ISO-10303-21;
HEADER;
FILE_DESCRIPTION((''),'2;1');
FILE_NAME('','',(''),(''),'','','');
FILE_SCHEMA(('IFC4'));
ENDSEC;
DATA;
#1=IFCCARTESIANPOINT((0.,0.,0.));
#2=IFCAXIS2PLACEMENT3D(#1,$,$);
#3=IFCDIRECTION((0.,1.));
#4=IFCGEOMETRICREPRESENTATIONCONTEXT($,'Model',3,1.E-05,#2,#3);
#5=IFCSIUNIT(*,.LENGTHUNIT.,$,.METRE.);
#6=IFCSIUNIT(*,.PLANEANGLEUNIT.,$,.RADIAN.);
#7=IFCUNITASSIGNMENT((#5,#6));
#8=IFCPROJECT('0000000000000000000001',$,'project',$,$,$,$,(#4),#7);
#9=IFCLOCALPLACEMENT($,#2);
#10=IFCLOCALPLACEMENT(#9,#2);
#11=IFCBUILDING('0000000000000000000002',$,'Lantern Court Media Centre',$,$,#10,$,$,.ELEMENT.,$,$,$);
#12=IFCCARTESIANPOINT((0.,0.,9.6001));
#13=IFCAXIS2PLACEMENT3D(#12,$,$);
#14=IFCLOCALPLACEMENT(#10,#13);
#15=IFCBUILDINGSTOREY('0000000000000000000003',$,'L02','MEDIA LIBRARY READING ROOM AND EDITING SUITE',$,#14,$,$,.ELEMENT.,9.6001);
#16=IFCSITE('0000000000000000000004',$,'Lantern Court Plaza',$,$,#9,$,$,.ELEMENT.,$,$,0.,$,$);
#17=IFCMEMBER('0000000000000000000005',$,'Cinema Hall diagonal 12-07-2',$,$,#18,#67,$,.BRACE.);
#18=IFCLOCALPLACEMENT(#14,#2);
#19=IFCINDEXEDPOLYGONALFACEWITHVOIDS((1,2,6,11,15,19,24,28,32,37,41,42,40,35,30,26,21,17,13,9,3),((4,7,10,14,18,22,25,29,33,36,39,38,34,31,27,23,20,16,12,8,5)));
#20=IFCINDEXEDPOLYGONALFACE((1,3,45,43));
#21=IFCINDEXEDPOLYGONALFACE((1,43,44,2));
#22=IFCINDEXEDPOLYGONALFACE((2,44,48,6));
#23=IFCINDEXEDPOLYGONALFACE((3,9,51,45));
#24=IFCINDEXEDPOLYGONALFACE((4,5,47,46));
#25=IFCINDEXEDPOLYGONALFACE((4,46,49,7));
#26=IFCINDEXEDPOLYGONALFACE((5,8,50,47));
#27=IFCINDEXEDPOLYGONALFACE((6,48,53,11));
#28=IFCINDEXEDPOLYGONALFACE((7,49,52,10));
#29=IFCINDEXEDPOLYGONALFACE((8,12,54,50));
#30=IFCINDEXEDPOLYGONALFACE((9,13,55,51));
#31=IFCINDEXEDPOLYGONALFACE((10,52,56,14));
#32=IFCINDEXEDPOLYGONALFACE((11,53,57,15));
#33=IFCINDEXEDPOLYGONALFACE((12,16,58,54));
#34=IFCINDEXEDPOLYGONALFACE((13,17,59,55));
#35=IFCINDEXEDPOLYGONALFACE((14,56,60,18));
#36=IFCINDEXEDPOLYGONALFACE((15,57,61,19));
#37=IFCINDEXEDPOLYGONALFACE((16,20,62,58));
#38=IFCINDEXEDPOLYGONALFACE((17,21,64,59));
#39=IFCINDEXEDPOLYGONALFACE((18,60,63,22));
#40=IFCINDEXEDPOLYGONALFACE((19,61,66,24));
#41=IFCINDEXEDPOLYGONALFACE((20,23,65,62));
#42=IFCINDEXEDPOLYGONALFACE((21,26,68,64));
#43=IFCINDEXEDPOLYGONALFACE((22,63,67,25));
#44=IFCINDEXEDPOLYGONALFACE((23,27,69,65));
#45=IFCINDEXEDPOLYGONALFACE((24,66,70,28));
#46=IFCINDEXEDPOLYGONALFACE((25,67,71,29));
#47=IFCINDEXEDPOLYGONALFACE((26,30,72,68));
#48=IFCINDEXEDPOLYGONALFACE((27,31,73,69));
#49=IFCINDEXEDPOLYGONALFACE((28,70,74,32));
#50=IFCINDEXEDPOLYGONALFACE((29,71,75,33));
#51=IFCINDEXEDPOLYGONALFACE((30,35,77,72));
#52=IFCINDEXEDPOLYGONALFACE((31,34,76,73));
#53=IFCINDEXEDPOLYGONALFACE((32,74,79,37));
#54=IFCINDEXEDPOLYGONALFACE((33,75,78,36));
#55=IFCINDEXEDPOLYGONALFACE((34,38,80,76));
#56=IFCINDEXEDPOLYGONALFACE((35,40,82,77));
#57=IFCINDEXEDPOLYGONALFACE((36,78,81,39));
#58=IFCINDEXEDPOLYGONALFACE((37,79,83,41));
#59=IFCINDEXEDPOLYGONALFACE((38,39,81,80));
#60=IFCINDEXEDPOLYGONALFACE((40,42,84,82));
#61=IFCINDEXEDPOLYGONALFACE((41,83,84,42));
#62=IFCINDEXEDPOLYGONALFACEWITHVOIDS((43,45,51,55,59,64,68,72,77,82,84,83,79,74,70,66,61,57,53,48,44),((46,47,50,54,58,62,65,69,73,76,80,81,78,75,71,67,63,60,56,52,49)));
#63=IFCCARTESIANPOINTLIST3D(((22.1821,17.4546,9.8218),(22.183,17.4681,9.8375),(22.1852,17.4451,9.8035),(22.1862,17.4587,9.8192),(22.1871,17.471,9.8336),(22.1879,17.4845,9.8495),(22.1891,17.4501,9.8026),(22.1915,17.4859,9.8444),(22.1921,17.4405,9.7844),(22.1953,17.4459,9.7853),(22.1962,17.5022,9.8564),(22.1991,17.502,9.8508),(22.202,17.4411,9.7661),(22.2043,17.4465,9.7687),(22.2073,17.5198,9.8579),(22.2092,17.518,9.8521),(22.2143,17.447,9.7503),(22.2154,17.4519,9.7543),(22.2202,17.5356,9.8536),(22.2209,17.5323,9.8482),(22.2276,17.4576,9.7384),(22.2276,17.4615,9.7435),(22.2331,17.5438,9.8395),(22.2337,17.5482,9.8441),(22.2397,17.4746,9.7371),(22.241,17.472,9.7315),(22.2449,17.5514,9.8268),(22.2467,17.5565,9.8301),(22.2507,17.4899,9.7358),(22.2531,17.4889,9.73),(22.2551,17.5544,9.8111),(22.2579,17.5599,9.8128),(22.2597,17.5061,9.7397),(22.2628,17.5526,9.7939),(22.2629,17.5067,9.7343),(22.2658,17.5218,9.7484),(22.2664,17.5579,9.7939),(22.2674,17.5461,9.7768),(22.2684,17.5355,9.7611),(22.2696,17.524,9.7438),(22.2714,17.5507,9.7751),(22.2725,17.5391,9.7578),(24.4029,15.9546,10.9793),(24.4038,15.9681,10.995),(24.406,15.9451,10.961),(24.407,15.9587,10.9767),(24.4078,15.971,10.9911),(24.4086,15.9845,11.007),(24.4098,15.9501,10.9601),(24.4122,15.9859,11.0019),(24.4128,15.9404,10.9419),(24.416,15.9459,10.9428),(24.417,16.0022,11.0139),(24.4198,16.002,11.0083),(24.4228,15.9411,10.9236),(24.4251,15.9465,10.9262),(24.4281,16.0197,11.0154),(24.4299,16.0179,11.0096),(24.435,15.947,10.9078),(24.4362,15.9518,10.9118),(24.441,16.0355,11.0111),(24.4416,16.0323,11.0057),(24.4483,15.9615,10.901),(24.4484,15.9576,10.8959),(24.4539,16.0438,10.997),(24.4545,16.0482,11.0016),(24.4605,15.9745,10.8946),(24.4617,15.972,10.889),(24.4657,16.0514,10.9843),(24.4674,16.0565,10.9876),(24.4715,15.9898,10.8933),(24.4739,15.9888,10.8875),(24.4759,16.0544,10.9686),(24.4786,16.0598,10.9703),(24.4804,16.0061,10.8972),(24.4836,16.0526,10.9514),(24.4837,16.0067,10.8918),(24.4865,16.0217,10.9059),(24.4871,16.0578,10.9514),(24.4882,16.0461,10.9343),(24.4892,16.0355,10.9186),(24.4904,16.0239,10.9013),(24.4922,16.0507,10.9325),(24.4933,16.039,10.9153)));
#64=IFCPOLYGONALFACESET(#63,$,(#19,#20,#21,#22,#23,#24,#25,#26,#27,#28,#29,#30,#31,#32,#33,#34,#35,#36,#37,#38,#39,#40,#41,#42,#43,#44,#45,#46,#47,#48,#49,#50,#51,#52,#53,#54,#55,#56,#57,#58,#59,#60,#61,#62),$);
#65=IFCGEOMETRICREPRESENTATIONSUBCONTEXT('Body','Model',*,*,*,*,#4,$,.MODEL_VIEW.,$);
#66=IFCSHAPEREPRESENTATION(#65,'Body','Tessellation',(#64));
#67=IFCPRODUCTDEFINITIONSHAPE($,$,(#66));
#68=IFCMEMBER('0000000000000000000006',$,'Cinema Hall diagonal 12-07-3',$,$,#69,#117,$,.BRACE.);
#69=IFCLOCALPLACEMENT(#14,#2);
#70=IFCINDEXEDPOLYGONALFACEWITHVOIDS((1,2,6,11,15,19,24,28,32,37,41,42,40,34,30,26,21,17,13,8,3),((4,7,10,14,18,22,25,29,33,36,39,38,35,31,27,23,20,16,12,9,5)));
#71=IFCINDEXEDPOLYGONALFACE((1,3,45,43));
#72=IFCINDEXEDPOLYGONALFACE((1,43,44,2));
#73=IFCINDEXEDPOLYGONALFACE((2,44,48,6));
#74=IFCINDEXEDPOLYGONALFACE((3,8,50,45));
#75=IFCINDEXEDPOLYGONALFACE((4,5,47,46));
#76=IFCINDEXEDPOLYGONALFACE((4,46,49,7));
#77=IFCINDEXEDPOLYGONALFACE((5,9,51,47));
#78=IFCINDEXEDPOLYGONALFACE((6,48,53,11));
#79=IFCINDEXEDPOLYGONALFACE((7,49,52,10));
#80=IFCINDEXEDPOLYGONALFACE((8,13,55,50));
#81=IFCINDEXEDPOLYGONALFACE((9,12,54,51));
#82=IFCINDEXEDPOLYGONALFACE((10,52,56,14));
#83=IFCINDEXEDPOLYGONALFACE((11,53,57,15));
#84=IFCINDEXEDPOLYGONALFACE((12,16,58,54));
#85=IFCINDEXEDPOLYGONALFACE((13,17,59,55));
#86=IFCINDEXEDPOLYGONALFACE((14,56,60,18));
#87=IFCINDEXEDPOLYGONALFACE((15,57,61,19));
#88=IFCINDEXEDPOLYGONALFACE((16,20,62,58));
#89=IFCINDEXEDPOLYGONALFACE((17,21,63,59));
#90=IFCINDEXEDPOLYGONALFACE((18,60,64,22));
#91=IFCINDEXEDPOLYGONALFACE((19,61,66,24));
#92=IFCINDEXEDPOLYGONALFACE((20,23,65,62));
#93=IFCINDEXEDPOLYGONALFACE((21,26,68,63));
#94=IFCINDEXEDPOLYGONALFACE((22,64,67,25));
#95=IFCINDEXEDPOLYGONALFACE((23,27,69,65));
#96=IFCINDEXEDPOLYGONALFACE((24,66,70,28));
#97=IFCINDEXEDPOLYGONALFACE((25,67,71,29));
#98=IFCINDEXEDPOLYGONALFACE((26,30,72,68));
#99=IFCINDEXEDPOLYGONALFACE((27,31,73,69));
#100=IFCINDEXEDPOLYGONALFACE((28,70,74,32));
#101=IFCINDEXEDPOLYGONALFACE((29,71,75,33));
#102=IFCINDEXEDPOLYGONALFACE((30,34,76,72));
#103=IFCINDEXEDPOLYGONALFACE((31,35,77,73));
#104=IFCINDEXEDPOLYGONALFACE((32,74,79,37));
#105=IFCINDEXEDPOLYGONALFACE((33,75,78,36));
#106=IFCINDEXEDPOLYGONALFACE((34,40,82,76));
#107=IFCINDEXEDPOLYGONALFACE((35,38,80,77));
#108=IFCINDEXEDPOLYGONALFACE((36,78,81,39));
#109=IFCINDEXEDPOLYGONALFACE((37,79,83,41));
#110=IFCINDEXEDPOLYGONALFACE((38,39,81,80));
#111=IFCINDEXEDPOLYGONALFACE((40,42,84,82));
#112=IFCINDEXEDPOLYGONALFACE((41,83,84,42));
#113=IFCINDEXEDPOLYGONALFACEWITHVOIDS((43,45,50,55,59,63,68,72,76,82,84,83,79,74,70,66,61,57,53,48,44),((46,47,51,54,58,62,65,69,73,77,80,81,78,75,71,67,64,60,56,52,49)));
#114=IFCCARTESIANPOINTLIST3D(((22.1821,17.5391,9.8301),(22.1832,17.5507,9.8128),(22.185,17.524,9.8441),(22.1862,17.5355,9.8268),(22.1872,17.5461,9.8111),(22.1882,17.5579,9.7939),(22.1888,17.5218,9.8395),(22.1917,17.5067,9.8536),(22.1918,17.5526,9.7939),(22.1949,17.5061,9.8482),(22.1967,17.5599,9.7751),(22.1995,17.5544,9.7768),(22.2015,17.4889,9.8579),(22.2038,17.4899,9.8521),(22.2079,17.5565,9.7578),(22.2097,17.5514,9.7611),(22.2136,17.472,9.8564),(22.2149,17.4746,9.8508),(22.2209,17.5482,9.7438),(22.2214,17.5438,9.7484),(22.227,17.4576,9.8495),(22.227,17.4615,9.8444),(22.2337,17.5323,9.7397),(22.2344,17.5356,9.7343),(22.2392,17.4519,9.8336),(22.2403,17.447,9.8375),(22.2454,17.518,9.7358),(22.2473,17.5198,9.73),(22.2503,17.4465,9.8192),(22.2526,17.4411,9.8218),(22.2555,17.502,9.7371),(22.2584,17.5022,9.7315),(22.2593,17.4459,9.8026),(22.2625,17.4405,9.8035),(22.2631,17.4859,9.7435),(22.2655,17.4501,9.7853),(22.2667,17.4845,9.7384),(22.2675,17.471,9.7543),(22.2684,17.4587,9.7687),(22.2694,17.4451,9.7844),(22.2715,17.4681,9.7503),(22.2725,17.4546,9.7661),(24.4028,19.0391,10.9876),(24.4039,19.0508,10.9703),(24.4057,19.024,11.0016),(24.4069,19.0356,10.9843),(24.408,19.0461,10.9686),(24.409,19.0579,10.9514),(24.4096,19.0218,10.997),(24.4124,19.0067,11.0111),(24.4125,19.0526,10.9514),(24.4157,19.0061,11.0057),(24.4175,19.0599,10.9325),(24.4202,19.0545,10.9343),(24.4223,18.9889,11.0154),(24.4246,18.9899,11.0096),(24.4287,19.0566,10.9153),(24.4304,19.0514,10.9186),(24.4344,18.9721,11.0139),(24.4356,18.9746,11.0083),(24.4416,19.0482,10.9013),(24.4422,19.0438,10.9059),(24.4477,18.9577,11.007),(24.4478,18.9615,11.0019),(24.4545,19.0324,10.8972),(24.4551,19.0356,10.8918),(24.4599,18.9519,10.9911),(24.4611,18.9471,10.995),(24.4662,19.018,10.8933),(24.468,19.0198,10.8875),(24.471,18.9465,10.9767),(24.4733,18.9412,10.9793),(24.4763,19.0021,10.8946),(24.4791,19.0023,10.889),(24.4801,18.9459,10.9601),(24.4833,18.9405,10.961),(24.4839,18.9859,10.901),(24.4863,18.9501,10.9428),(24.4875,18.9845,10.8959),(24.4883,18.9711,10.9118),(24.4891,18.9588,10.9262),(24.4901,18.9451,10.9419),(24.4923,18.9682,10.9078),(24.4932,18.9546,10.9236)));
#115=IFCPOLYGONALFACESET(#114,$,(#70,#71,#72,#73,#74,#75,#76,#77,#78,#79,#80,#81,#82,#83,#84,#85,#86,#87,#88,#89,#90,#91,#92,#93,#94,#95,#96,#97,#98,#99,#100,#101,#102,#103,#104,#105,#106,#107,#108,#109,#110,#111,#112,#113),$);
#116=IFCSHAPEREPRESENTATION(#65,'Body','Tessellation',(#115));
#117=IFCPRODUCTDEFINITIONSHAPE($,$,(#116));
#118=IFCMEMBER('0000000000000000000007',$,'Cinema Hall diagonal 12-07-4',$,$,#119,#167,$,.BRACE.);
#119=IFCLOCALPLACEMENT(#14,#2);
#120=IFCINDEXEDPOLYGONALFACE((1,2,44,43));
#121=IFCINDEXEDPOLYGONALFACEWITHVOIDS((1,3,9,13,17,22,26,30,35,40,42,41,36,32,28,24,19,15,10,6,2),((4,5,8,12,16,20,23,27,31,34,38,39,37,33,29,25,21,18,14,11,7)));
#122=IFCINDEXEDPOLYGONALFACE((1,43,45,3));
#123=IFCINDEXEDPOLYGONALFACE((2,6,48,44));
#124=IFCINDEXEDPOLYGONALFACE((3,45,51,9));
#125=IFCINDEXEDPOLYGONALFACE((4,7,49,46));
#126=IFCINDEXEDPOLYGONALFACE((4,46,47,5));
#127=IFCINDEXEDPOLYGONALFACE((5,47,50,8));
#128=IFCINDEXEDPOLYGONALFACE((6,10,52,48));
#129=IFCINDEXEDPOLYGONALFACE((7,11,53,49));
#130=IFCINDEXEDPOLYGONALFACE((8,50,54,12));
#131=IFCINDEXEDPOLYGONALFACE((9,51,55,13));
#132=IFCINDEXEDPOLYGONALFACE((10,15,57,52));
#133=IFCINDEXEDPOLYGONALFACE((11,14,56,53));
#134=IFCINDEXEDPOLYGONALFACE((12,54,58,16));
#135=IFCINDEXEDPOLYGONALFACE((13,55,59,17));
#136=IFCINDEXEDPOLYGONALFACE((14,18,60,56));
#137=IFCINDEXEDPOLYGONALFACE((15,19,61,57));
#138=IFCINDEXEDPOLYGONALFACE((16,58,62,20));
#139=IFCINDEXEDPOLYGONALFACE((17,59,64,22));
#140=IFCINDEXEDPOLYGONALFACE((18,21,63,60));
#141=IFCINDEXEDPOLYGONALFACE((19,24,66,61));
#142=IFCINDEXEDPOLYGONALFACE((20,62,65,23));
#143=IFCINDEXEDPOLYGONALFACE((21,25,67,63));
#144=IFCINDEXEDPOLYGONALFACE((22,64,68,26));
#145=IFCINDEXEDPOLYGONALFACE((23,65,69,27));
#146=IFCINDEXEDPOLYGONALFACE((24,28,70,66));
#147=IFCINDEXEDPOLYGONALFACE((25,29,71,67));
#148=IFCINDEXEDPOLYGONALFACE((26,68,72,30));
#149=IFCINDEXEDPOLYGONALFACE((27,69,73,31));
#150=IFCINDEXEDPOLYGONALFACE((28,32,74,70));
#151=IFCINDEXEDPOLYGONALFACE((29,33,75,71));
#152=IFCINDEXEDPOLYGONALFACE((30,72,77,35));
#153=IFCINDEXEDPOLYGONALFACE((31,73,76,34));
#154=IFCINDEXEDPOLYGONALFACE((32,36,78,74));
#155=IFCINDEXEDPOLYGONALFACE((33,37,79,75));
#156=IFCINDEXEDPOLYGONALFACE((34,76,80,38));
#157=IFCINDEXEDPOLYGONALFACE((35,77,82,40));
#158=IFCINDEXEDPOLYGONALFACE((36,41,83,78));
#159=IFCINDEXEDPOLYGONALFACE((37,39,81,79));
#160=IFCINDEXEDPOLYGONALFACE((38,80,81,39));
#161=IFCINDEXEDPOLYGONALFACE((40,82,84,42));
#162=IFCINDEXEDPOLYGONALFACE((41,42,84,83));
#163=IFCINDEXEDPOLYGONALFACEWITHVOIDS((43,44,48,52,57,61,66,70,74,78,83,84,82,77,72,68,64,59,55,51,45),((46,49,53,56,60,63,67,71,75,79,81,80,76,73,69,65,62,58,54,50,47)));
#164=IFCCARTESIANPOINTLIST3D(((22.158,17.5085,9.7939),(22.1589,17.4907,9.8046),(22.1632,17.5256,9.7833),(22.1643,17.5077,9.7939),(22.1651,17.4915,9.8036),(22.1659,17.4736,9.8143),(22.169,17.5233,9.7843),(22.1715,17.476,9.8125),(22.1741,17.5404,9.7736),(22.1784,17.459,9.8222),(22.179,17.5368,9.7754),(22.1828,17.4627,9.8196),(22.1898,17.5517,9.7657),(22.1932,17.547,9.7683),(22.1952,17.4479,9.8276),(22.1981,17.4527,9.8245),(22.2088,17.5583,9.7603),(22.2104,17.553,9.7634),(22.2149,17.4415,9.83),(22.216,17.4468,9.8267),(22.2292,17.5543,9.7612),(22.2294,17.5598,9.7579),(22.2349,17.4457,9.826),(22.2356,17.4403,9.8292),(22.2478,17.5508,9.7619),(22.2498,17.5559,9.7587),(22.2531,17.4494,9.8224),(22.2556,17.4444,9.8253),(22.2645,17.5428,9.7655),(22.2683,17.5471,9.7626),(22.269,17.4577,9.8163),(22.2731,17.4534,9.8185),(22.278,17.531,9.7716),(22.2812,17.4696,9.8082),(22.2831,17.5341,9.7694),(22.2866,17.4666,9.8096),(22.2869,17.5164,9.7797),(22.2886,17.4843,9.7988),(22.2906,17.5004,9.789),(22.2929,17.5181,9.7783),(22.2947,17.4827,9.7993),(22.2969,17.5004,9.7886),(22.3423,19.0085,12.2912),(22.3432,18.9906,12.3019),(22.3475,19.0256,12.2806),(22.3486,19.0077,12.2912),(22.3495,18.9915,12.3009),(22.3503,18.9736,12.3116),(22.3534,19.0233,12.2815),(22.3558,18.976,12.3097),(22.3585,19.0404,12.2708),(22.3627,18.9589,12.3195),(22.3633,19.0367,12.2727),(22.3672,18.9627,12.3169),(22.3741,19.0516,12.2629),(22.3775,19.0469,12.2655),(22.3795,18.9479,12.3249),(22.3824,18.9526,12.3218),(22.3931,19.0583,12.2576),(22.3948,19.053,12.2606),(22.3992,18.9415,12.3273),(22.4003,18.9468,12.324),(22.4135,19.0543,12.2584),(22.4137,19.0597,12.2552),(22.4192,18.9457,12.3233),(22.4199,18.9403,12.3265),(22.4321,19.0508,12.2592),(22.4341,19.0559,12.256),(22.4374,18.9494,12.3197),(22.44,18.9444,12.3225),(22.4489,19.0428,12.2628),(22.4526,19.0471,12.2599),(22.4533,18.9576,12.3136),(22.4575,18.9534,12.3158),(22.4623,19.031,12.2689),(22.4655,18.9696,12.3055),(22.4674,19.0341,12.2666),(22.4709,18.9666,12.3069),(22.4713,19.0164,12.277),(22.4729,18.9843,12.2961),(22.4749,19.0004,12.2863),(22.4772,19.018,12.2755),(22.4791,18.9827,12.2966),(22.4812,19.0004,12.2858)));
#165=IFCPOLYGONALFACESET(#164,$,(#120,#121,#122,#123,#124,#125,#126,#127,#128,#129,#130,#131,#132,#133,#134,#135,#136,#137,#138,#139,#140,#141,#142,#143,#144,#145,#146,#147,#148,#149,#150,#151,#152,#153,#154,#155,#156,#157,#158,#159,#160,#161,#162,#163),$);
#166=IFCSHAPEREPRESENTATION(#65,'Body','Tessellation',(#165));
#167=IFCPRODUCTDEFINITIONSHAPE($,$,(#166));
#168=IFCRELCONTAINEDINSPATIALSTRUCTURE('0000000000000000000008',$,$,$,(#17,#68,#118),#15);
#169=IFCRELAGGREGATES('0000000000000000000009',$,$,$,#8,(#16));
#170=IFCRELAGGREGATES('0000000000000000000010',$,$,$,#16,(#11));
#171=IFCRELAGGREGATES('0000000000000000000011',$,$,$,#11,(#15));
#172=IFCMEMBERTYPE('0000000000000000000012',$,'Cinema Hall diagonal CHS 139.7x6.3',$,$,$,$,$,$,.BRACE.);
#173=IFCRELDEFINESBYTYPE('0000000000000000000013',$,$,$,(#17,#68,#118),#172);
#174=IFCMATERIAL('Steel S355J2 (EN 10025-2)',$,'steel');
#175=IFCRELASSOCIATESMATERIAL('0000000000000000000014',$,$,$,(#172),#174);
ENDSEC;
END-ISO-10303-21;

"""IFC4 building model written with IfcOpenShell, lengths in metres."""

from ifc_helpers import new_model, si_unit, direction, frame, origin, origin_2d, place, context, subcontext, project, spatial, hollow_circle, extrude, material, material_profile, profile_set, type_object, element, save


model = new_model("IFC4")

# Units and contexts
model_context = context("Model", 3, precision=1e-05, world=origin(), true_north=direction((0.0, 1.0)))
body_context = subcontext(model_context, "Body", "Model", "MODEL_VIEW")
ifc_project = project(units=[si_unit("LENGTHUNIT", "METRE"), si_unit("PLANEANGLEUNIT", "RADIAN")], contexts=[model_context])

# Site, building, storey
site_placement = place(None, origin())
site = spatial("IfcSite", under=ifc_project, at=site_placement, Name="Lantern Court Plaza", CompositionType="ELEMENT", RefElevation=0.0)
building_placement = place(site_placement, origin())
building = spatial("IfcBuilding", under=site, at=building_placement, Name="Lantern Court Media Centre", CompositionType="ELEMENT")
storey_placement = place(building_placement, frame((0.0, 0.0, 9.6001)))
storey = spatial("IfcBuildingStorey", under=building, at=storey_placement, Name="L02", Description="MEDIA LIBRARY READING ROOM AND EDITING SUITE", CompositionType="ELEMENT", Elevation=9.6001)

# Members
ifc_material = material(Name="Steel S355J2 (EN 10025-2)", Category="steel")
ifc_material_profile_1 = material_profile(ifc_material, hollow_circle(Radius=0.0698, WallThickness=0.0063, at=origin_2d()), Name="Cinema Hall diagonal CHS 139.7x6.3")
ifc_profile_set_1 = profile_set([ifc_material_profile_1], Name="Steel S355J2 (EN 10025-2)")
member_type_1 = type_object("IfcMemberType", Name="Cinema Hall diagonal CHS 139.7x6.3", PredefinedType="BRACE", material=ifc_profile_set_1)
for number, where, z_axis, x_axis, name in (
    (1, (22.2273, 17.5, 9.7939), (0.760744, -0.513854, 0.396514), (0.559736, 0.828671, 0.0), "Cinema Hall diagonal 12-07-2"),
    (2, (22.2273, 17.5, 9.7939), (0.760744, 0.513854, 0.396514), (-0.559736, 0.828671, 0.0), "Cinema Hall diagonal 12-07-3"),
):
    element("IfcMember", number, at=place(storey_placement, frame(where, z_axis=z_axis, x_axis=x_axis)), inside=storey, type_object=member_type_1, Name=name, PredefinedType="BRACE", context=body_context, shape_type="SweptSolid", body=[
        extrude(hollow_circle(Radius=0.0698, WallThickness=0.0063, at=origin_2d()), origin(), (0.0, 0.0, 1.0), 2.9192),
    ])
member_1_placement = place(storey_placement, frame((22.2273, 17.5, 9.7939), z_axis=(0.063147, 0.513875, 0.855538), x_axis=(-0.992534, 0.121967, 0.0)))
element("IfcMember", 3, at=member_1_placement, inside=storey, type_object=member_type_1, Name="Cinema Hall diagonal 12-07-4", PredefinedType="BRACE", context=body_context, shape_type="SweptSolid", body=[
    extrude(hollow_circle(Radius=0.0698, WallThickness=0.0063, at=origin_2d()), origin(), (0.0, 0.0, 1.0), 2.9189),
])

save(model, "model.ifc")
